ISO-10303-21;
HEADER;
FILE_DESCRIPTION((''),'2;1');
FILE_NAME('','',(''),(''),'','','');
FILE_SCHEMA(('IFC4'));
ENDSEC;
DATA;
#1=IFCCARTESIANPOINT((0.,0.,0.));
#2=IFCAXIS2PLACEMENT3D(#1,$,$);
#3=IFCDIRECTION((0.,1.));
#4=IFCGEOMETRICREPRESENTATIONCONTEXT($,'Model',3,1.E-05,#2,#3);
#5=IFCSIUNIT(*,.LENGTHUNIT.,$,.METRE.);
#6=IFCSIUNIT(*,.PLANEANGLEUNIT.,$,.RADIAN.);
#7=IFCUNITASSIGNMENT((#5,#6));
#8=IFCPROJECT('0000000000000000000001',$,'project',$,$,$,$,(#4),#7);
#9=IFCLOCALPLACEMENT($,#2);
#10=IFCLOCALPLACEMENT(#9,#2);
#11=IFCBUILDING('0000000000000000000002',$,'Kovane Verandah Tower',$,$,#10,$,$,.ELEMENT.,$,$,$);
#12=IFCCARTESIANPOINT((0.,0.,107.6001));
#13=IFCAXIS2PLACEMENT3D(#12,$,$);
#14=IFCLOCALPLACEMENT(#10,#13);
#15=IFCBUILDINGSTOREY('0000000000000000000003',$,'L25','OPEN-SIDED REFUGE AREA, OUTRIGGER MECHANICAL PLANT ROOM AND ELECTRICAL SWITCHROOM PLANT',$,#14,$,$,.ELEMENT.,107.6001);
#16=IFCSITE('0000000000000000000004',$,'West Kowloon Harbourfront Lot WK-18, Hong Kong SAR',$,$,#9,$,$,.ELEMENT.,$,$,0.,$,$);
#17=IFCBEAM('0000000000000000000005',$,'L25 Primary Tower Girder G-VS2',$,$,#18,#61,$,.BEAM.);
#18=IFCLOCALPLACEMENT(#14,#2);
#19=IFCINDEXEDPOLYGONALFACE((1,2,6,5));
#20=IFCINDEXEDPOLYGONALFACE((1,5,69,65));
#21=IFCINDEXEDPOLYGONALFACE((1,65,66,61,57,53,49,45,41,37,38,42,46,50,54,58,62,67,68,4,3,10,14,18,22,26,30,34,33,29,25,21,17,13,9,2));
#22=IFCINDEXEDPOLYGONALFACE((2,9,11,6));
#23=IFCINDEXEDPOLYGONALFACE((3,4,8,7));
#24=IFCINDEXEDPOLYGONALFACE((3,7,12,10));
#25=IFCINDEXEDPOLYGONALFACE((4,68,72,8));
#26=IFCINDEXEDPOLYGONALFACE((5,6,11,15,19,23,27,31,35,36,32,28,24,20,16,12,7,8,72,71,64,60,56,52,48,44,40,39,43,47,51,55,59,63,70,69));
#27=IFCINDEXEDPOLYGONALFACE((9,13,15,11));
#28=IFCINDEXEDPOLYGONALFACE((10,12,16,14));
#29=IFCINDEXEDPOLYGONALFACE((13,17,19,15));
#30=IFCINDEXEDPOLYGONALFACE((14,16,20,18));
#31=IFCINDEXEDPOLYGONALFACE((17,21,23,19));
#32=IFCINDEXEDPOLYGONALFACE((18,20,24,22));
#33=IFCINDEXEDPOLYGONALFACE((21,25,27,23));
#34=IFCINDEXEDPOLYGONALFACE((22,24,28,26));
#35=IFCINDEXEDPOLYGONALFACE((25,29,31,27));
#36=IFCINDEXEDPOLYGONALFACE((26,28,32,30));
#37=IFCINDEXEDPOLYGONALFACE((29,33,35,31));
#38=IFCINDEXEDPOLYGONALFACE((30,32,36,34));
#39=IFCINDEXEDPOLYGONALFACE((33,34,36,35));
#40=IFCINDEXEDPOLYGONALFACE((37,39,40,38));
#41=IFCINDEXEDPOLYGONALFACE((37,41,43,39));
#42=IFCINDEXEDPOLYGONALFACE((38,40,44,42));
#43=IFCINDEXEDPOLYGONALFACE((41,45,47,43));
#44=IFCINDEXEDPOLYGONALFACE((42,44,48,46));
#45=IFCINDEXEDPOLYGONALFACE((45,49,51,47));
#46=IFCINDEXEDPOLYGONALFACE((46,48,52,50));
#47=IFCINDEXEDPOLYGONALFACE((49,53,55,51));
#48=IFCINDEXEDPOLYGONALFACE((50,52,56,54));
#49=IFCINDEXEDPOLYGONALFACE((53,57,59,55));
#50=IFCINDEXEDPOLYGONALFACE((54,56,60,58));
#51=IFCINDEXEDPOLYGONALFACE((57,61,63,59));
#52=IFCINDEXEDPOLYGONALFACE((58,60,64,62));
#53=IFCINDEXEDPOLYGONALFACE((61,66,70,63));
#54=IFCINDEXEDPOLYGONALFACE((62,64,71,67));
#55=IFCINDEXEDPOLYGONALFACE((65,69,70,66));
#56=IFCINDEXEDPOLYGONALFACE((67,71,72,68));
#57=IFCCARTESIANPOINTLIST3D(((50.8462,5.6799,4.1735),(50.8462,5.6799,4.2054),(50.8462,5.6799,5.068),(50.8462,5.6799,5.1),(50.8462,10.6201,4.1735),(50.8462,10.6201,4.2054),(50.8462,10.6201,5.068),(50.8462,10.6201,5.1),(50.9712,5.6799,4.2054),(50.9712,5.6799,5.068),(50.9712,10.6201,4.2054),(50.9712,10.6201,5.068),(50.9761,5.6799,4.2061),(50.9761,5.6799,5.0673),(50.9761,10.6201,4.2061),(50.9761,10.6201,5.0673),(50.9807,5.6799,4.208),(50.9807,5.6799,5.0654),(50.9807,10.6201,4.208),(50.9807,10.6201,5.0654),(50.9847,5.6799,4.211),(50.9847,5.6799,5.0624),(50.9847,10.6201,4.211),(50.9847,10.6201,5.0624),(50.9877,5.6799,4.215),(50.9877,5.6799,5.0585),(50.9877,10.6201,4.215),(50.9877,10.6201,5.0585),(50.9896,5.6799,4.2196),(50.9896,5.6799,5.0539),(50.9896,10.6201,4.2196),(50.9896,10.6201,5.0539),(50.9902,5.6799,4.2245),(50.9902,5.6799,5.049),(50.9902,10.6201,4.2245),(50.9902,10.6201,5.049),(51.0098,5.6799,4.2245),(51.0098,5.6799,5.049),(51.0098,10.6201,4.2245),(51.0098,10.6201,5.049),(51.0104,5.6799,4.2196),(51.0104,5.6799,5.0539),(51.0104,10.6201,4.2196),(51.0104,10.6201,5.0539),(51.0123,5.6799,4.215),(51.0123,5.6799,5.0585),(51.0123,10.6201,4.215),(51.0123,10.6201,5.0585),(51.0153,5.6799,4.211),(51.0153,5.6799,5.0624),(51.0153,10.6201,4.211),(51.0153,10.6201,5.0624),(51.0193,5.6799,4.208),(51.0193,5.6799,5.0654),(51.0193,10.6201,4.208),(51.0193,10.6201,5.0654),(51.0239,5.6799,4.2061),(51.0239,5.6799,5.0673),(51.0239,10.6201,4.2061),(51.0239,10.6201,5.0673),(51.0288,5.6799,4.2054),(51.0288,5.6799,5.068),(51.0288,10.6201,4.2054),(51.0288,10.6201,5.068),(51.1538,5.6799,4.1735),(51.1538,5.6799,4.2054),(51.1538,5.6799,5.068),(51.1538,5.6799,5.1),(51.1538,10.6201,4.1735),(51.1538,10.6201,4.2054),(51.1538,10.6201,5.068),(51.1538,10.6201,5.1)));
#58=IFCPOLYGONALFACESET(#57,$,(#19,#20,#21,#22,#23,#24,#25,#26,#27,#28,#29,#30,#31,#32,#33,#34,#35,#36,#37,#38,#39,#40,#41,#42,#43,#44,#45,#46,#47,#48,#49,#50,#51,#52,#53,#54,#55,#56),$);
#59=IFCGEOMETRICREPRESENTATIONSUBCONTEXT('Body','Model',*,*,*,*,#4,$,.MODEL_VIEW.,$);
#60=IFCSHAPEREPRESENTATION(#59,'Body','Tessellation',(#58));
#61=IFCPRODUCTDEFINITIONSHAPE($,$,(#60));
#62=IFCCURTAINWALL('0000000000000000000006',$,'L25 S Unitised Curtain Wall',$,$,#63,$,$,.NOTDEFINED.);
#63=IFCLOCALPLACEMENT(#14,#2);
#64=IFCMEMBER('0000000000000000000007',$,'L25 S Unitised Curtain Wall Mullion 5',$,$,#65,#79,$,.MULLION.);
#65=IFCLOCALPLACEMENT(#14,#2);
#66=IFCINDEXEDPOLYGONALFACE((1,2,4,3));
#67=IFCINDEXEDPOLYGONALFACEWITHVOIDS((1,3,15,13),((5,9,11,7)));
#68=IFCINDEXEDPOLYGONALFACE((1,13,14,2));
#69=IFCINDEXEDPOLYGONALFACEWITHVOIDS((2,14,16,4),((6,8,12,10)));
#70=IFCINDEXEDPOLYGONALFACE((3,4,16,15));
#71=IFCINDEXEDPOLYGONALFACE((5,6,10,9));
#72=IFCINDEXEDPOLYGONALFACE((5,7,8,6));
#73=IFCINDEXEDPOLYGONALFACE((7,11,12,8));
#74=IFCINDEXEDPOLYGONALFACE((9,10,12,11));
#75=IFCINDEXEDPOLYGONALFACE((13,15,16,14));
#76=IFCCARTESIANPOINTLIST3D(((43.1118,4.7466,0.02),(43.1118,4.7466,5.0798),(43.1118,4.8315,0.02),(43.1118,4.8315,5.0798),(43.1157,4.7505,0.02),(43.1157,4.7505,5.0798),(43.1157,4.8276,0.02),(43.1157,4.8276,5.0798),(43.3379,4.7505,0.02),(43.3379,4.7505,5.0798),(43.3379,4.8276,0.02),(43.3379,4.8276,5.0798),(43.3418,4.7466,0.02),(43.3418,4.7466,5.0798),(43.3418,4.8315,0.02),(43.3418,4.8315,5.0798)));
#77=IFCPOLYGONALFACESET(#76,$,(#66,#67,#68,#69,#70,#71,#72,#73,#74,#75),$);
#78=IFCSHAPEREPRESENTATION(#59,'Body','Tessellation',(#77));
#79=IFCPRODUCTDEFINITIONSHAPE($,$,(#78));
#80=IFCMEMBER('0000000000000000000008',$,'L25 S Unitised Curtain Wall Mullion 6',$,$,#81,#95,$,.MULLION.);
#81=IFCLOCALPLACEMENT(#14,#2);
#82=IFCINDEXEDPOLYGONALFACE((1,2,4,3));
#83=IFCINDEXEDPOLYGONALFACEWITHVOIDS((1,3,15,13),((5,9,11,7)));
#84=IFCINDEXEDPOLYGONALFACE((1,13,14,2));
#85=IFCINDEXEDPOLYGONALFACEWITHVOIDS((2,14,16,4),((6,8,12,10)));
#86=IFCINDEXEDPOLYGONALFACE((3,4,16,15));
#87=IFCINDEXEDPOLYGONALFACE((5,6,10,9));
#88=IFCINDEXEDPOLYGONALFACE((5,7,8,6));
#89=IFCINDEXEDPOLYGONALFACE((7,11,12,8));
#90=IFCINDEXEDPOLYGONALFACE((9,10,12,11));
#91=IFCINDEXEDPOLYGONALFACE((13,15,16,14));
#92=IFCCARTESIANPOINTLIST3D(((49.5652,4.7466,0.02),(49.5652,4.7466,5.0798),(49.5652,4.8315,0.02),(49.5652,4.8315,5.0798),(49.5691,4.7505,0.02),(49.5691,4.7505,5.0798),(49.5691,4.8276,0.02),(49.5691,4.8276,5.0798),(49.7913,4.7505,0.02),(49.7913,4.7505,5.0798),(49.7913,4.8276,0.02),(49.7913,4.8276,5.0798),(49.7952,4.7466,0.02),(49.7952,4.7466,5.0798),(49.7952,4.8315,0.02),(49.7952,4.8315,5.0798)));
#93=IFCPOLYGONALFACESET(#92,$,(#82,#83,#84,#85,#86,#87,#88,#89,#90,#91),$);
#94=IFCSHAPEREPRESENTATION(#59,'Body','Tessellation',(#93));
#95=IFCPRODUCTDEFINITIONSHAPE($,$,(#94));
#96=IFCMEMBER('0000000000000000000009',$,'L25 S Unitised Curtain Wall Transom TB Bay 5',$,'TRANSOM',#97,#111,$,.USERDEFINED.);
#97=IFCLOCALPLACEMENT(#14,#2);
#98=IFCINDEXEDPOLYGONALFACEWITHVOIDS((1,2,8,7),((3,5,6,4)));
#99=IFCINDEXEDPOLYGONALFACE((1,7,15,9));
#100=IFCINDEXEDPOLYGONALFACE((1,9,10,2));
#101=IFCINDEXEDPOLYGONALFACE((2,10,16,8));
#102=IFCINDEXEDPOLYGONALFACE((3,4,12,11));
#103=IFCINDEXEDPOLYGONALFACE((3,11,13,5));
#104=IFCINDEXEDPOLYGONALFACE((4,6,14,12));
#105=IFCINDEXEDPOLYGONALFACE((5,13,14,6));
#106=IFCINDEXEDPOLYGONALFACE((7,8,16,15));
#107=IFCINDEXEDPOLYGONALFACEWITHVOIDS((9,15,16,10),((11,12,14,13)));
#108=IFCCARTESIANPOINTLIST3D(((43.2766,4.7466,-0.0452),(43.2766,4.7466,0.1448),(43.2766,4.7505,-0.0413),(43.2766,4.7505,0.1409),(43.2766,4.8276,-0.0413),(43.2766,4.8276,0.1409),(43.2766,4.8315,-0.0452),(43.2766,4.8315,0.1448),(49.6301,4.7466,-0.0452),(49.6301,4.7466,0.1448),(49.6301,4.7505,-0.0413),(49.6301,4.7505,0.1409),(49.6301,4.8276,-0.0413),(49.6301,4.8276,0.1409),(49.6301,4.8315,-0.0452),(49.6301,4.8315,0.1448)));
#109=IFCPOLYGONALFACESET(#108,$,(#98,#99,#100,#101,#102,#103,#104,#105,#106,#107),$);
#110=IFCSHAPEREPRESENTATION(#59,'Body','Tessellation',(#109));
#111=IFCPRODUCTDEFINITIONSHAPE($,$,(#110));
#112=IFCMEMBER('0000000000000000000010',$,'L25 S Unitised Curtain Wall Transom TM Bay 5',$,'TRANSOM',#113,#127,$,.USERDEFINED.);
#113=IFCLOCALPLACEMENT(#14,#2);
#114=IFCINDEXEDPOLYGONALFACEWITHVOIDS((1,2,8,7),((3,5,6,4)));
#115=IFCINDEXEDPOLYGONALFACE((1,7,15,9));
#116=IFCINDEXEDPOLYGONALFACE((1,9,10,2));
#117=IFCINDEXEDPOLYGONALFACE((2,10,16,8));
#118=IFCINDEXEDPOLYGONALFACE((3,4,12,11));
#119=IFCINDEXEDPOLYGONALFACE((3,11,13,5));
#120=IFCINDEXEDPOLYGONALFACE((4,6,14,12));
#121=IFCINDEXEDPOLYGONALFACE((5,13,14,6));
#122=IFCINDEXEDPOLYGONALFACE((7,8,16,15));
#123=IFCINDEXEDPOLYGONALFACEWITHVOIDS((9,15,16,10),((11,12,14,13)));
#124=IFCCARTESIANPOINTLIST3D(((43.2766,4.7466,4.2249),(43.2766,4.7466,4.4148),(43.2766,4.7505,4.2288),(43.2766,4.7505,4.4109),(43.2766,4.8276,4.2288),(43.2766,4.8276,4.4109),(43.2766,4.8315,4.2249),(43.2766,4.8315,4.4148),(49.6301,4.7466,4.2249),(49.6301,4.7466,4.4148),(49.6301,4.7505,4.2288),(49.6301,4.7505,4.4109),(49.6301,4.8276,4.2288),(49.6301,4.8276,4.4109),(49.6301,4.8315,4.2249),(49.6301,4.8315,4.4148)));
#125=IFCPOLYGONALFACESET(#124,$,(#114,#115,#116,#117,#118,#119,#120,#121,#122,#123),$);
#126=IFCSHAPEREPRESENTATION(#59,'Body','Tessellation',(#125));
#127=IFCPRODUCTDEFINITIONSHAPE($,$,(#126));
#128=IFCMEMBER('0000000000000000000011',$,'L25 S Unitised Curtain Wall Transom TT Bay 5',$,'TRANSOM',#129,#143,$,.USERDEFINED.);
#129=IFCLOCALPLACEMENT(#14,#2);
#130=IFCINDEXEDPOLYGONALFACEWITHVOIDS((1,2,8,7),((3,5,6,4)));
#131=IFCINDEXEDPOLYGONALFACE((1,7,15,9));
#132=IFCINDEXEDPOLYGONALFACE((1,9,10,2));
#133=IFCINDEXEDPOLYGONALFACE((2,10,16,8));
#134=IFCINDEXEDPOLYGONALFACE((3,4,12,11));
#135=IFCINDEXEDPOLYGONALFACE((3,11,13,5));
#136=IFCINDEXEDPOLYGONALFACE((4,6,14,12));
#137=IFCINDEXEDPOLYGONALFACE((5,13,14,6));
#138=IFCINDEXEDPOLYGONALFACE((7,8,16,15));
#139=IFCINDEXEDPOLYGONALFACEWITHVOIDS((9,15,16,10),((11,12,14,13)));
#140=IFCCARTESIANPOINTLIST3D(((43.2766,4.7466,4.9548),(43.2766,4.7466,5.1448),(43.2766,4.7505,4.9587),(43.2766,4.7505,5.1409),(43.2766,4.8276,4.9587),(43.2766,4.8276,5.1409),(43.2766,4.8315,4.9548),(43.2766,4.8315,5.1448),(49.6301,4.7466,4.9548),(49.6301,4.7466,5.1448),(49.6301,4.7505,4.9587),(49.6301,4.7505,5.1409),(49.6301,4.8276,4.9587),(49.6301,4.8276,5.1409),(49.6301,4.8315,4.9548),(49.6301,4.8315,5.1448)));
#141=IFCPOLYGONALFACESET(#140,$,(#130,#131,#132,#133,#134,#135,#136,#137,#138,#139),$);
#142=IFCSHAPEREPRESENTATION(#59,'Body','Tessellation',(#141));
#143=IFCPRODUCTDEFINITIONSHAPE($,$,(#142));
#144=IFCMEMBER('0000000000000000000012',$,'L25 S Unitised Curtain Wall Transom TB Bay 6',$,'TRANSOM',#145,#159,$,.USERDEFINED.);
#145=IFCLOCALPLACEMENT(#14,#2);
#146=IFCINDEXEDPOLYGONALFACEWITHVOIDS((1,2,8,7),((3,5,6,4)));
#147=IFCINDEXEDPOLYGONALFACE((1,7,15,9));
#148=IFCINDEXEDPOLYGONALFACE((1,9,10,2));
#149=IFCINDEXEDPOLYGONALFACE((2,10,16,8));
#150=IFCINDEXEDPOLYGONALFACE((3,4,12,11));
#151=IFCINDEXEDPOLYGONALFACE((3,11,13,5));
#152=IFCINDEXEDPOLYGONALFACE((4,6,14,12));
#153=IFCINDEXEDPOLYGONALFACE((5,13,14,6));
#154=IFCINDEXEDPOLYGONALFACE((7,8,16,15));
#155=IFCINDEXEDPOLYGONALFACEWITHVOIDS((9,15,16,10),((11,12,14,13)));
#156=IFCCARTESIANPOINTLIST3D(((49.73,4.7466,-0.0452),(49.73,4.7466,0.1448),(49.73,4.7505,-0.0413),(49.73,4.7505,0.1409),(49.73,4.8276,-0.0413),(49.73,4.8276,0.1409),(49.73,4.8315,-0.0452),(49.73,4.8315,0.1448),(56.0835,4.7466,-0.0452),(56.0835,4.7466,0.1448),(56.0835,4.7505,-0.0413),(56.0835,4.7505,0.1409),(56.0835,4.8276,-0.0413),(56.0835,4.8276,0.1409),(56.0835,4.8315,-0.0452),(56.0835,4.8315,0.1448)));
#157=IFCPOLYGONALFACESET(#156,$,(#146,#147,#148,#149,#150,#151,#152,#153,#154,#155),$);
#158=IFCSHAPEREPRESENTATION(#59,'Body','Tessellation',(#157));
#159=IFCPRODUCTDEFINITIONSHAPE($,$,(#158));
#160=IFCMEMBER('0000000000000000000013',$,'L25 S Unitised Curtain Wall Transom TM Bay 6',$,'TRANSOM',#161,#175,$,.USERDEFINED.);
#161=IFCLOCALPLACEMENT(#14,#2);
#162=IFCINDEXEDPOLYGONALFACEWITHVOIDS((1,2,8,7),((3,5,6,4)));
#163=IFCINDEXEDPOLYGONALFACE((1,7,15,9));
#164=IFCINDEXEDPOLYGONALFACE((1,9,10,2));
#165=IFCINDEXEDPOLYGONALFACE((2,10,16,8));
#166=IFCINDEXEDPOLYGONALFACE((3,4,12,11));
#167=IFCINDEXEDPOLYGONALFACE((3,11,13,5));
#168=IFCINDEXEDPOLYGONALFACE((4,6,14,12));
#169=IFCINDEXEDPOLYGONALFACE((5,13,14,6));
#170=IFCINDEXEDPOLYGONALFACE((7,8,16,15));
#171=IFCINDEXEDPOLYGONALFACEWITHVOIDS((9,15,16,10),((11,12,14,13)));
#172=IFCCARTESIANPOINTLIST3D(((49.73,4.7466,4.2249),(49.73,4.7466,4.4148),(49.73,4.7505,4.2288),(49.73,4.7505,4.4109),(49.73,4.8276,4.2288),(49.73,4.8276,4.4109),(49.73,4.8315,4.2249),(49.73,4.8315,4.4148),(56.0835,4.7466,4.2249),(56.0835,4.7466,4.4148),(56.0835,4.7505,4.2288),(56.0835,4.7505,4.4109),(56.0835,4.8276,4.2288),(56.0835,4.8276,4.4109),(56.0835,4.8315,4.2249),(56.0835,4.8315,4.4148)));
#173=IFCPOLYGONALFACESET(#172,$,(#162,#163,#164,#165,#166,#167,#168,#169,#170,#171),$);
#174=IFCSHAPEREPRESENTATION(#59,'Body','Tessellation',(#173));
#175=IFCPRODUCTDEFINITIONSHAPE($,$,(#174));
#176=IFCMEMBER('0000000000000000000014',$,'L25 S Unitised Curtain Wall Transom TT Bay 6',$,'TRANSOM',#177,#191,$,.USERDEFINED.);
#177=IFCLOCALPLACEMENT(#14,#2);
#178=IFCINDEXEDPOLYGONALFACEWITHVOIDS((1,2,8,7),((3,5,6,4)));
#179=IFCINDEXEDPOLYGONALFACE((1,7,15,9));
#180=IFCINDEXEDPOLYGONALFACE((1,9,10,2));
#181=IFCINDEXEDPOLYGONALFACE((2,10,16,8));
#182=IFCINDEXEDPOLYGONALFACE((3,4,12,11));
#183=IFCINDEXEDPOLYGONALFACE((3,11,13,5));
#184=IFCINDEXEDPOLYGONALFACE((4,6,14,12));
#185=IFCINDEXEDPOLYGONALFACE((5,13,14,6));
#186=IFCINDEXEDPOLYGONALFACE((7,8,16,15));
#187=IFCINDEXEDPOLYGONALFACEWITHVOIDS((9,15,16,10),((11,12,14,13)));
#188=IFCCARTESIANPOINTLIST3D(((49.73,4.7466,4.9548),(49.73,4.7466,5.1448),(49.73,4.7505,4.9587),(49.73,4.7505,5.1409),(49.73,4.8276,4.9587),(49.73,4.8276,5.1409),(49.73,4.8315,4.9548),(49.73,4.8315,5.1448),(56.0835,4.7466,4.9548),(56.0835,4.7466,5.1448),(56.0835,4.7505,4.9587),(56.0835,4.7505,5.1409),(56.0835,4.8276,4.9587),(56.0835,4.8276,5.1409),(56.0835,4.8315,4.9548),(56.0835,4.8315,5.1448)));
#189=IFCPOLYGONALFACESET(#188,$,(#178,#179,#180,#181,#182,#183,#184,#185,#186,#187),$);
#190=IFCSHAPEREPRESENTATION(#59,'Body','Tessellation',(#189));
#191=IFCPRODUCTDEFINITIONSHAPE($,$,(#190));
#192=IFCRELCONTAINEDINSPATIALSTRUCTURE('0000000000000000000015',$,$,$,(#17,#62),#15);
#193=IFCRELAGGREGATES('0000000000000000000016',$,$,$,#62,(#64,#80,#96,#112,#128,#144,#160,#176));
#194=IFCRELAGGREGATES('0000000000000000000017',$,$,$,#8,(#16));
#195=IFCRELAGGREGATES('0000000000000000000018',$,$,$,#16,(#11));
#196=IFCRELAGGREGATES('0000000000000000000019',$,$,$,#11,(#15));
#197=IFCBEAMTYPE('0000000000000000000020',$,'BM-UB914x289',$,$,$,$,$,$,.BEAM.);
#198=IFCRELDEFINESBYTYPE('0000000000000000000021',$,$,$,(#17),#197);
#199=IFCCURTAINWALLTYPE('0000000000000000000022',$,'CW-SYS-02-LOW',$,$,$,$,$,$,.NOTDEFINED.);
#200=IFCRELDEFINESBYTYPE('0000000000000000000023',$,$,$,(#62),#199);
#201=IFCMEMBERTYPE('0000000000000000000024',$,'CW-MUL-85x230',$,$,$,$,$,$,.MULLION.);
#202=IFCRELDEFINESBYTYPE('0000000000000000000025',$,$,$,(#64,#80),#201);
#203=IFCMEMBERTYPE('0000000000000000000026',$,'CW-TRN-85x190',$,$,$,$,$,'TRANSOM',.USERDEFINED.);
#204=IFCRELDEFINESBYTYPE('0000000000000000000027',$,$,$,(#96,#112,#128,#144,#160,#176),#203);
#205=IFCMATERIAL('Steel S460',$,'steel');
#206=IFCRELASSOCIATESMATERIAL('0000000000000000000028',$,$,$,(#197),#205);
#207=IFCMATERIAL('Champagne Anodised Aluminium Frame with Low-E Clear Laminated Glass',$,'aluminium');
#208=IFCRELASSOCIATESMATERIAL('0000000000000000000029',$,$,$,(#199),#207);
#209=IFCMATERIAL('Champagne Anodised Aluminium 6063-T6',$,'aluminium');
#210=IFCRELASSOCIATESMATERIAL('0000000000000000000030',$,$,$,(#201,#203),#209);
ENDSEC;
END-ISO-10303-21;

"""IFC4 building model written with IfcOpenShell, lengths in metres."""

from ifc_helpers import new_model, si_unit, direction, frame, origin, origin_2d, place, context, subcontext, project, spatial, hollow_rectangle, i_section, extrude, material, material_profile, profile_set, type_object, element, aggregate, save


model = new_model("IFC4")

# Units and contexts
model_context = context("Model", 3, precision=1e-05, world=origin(), true_north=direction((0.0, 1.0)))
body_context = subcontext(model_context, "Body", "Model", "MODEL_VIEW")
ifc_project = project(units=[si_unit("LENGTHUNIT", "METRE"), si_unit("PLANEANGLEUNIT", "RADIAN")], contexts=[model_context])

# Site, building, storey
site_placement = place(None, origin())
site = spatial("IfcSite", under=ifc_project, at=site_placement, Name="West Kowloon Harbourfront Lot WK-18, Hong Kong SAR", CompositionType="ELEMENT", RefElevation=0.0)
building_placement = place(site_placement, origin())
building = spatial("IfcBuilding", under=site, at=building_placement, Name="Kovane Verandah Tower", CompositionType="ELEMENT")
storey_placement = place(building_placement, frame((0.0, 0.0, 107.6001)))
storey = spatial("IfcBuildingStorey", under=building, at=storey_placement, Name="L25", Description="OPEN-SIDED REFUGE AREA, OUTRIGGER MECHANICAL PLANT ROOM AND ELECTRICAL SWITCHROOM PLANT", CompositionType="ELEMENT", Elevation=107.6001)

# Shared definitions
ifc_material_1 = material(Name="Steel S460", Category="steel")

# Beam
ifc_material_profile_1 = material_profile(ifc_material_1, i_section(OverallWidth=0.3076, OverallDepth=0.9265, WebThickness=0.0195, FlangeThickness=0.032, FilletRadius=0.019, at=origin_2d()), Name="UB914x305x289")
ifc_profile_set_1 = profile_set([ifc_material_profile_1], Name="Steel S460")
beam_type = type_object("IfcBeamType", Name="BM-UB914x289", PredefinedType="BEAM", material=ifc_profile_set_1)
beam_1_placement = place(storey_placement, frame((51.0, 10.6201, 4.6367), z_axis=(0.0, -1.0, 0.0), x_axis=(1.0, 0.0, 0.0)))
element("IfcBeam", 1, at=beam_1_placement, inside=storey, type_object=beam_type, Name="L25 Primary Tower Girder G-VS2", PredefinedType="BEAM", context=body_context, shape_type="SweptSolid", body=[
    extrude(i_section(OverallWidth=0.3076, OverallDepth=0.9265, WebThickness=0.0195, FlangeThickness=0.032, FilletRadius=0.019, at=origin_2d()), origin(), (0.0, 0.0, 1.0), 4.9402),
])

# Curtain wall, members
ifc_material_2 = material(Name="Champagne Anodised Aluminium Frame with Low-E Clear Laminated Glass", Category="aluminium")
curtain_wall_type = type_object("IfcCurtainWallType", Name="CW-SYS-02-LOW", PredefinedType="NOTDEFINED", material=ifc_material_2)
curtain_wall_placement = place(storey_placement, origin())
curtain_wall = element("IfcCurtainWall", 2, at=curtain_wall_placement, inside=storey, type_object=curtain_wall_type, Name="L25 S Unitised Curtain Wall", PredefinedType="NOTDEFINED")
ifc_material_3 = material(Name="Champagne Anodised Aluminium 6063-T6", Category="aluminium")
ifc_material_profile_2 = material_profile(ifc_material_3, hollow_rectangle(XDim=0.085, YDim=0.23, WallThickness=0.0039, at=origin_2d()), Name="AL85x230x4")
ifc_profile_set_2 = profile_set([ifc_material_profile_2], Name="Champagne Anodised Aluminium 6063-T6")
member_type_1 = type_object("IfcMemberType", Name="CW-MUL-85x230", PredefinedType="MULLION", material=ifc_profile_set_2)
member_1_placement = place(storey_placement, frame((43.2268, 4.7891, 0.02), z_axis=(0.0, 0.0, 1.0), x_axis=(0.0, -1.0, 0.0)))
member_1 = element("IfcMember", 3, at=member_1_placement, type_object=member_type_1, Name="L25 S Unitised Curtain Wall Mullion 5", PredefinedType="MULLION", context=body_context, shape_type="SweptSolid", body=[
    extrude(hollow_rectangle(XDim=0.085, YDim=0.23, WallThickness=0.0039, at=origin_2d()), origin(), (0.0, 0.0, 1.0), 5.0598),
])
member_2_placement = place(storey_placement, frame((49.6802, 4.7891, 0.02), z_axis=(0.0, 0.0, 1.0), x_axis=(0.0, -1.0, 0.0)))
member_2 = element("IfcMember", 4, at=member_2_placement, type_object=member_type_1, Name="L25 S Unitised Curtain Wall Mullion 6", PredefinedType="MULLION", context=body_context, shape_type="SweptSolid", body=[
    extrude(hollow_rectangle(XDim=0.085, YDim=0.23, WallThickness=0.0039, at=origin_2d()), origin(), (0.0, 0.0, 1.0), 5.0598),
])
ifc_material_profile_3 = material_profile(ifc_material_3, hollow_rectangle(XDim=0.085, YDim=0.1899, WallThickness=0.0039, at=origin_2d()), Name="AL85x190x4")
ifc_profile_set_3 = profile_set([ifc_material_profile_3], Name="Champagne Anodised Aluminium 6063-T6")
member_type_2 = type_object("IfcMemberType", Name="CW-TRN-85x190", ElementType="TRANSOM", PredefinedType="USERDEFINED", material=ifc_profile_set_3)
member_3_placement = place(storey_placement, frame((43.2766, 4.7891, 0.0498), z_axis=(1.0, 0.0, 0.0), x_axis=(0.0, 1.0, 0.0)))
member_3 = element("IfcMember", 5, at=member_3_placement, type_object=member_type_2, Name="L25 S Unitised Curtain Wall Transom TB Bay 5", ObjectType="TRANSOM", PredefinedType="USERDEFINED", context=body_context, shape_type="SweptSolid", body=[
    extrude(hollow_rectangle(XDim=0.085, YDim=0.1899, WallThickness=0.0039, at=origin_2d()), origin(), (0.0, 0.0, 1.0), 6.3535),
])
member_4_placement = place(storey_placement, frame((43.2766, 4.7891, 4.3198), z_axis=(1.0, 0.0, 0.0), x_axis=(0.0, 1.0, 0.0)))
member_4 = element("IfcMember", 6, at=member_4_placement, type_object=member_type_2, Name="L25 S Unitised Curtain Wall Transom TM Bay 5", ObjectType="TRANSOM", PredefinedType="USERDEFINED", context=body_context, shape_type="SweptSolid", body=[
    extrude(hollow_rectangle(XDim=0.085, YDim=0.1899, WallThickness=0.0039, at=origin_2d()), origin(), (0.0, 0.0, 1.0), 6.3535),
])
member_5_placement = place(storey_placement, frame((43.2766, 4.7891, 5.0498), z_axis=(1.0, 0.0, 0.0), x_axis=(0.0, 1.0, 0.0)))
member_5 = element("IfcMember", 7, at=member_5_placement, type_object=member_type_2, Name="L25 S Unitised Curtain Wall Transom TT Bay 5", ObjectType="TRANSOM", PredefinedType="USERDEFINED", context=body_context, shape_type="SweptSolid", body=[
    extrude(hollow_rectangle(XDim=0.085, YDim=0.1899, WallThickness=0.0039, at=origin_2d()), origin(), (0.0, 0.0, 1.0), 6.3535),
])
member_6_placement = place(storey_placement, frame((49.73, 4.7891, 0.0498), z_axis=(1.0, 0.0, 0.0), x_axis=(0.0, 1.0, 0.0)))
member_6 = element("IfcMember", 8, at=member_6_placement, type_object=member_type_2, Name="L25 S Unitised Curtain Wall Transom TB Bay 6", ObjectType="TRANSOM", PredefinedType="USERDEFINED", context=body_context, shape_type="SweptSolid", body=[
    extrude(hollow_rectangle(XDim=0.085, YDim=0.1899, WallThickness=0.0039, at=origin_2d()), origin(), (0.0, 0.0, 1.0), 6.3535),
])
member_7_placement = place(storey_placement, frame((49.73, 4.7891, 4.3198), z_axis=(1.0, 0.0, 0.0), x_axis=(0.0, 1.0, 0.0)))
member_7 = element("IfcMember", 9, at=member_7_placement, type_object=member_type_2, Name="L25 S Unitised Curtain Wall Transom TM Bay 6", ObjectType="TRANSOM", PredefinedType="USERDEFINED", context=body_context, shape_type="SweptSolid", body=[
    extrude(hollow_rectangle(XDim=0.085, YDim=0.1899, WallThickness=0.0039, at=origin_2d()), origin(), (0.0, 0.0, 1.0), 6.3535),
])
member_8_placement = place(storey_placement, frame((49.73, 4.7891, 5.0498), z_axis=(1.0, 0.0, 0.0), x_axis=(0.0, 1.0, 0.0)))
member_8 = element("IfcMember", 10, at=member_8_placement, type_object=member_type_2, Name="L25 S Unitised Curtain Wall Transom TT Bay 6", ObjectType="TRANSOM", PredefinedType="USERDEFINED", context=body_context, shape_type="SweptSolid", body=[
    extrude(hollow_rectangle(XDim=0.085, YDim=0.1899, WallThickness=0.0039, at=origin_2d()), origin(), (0.0, 0.0, 1.0), 6.3535),
])
aggregate(curtain_wall, [member_1, member_2, member_3, member_4, member_5, member_6, member_7, member_8])

save(model, "model.ifc")
